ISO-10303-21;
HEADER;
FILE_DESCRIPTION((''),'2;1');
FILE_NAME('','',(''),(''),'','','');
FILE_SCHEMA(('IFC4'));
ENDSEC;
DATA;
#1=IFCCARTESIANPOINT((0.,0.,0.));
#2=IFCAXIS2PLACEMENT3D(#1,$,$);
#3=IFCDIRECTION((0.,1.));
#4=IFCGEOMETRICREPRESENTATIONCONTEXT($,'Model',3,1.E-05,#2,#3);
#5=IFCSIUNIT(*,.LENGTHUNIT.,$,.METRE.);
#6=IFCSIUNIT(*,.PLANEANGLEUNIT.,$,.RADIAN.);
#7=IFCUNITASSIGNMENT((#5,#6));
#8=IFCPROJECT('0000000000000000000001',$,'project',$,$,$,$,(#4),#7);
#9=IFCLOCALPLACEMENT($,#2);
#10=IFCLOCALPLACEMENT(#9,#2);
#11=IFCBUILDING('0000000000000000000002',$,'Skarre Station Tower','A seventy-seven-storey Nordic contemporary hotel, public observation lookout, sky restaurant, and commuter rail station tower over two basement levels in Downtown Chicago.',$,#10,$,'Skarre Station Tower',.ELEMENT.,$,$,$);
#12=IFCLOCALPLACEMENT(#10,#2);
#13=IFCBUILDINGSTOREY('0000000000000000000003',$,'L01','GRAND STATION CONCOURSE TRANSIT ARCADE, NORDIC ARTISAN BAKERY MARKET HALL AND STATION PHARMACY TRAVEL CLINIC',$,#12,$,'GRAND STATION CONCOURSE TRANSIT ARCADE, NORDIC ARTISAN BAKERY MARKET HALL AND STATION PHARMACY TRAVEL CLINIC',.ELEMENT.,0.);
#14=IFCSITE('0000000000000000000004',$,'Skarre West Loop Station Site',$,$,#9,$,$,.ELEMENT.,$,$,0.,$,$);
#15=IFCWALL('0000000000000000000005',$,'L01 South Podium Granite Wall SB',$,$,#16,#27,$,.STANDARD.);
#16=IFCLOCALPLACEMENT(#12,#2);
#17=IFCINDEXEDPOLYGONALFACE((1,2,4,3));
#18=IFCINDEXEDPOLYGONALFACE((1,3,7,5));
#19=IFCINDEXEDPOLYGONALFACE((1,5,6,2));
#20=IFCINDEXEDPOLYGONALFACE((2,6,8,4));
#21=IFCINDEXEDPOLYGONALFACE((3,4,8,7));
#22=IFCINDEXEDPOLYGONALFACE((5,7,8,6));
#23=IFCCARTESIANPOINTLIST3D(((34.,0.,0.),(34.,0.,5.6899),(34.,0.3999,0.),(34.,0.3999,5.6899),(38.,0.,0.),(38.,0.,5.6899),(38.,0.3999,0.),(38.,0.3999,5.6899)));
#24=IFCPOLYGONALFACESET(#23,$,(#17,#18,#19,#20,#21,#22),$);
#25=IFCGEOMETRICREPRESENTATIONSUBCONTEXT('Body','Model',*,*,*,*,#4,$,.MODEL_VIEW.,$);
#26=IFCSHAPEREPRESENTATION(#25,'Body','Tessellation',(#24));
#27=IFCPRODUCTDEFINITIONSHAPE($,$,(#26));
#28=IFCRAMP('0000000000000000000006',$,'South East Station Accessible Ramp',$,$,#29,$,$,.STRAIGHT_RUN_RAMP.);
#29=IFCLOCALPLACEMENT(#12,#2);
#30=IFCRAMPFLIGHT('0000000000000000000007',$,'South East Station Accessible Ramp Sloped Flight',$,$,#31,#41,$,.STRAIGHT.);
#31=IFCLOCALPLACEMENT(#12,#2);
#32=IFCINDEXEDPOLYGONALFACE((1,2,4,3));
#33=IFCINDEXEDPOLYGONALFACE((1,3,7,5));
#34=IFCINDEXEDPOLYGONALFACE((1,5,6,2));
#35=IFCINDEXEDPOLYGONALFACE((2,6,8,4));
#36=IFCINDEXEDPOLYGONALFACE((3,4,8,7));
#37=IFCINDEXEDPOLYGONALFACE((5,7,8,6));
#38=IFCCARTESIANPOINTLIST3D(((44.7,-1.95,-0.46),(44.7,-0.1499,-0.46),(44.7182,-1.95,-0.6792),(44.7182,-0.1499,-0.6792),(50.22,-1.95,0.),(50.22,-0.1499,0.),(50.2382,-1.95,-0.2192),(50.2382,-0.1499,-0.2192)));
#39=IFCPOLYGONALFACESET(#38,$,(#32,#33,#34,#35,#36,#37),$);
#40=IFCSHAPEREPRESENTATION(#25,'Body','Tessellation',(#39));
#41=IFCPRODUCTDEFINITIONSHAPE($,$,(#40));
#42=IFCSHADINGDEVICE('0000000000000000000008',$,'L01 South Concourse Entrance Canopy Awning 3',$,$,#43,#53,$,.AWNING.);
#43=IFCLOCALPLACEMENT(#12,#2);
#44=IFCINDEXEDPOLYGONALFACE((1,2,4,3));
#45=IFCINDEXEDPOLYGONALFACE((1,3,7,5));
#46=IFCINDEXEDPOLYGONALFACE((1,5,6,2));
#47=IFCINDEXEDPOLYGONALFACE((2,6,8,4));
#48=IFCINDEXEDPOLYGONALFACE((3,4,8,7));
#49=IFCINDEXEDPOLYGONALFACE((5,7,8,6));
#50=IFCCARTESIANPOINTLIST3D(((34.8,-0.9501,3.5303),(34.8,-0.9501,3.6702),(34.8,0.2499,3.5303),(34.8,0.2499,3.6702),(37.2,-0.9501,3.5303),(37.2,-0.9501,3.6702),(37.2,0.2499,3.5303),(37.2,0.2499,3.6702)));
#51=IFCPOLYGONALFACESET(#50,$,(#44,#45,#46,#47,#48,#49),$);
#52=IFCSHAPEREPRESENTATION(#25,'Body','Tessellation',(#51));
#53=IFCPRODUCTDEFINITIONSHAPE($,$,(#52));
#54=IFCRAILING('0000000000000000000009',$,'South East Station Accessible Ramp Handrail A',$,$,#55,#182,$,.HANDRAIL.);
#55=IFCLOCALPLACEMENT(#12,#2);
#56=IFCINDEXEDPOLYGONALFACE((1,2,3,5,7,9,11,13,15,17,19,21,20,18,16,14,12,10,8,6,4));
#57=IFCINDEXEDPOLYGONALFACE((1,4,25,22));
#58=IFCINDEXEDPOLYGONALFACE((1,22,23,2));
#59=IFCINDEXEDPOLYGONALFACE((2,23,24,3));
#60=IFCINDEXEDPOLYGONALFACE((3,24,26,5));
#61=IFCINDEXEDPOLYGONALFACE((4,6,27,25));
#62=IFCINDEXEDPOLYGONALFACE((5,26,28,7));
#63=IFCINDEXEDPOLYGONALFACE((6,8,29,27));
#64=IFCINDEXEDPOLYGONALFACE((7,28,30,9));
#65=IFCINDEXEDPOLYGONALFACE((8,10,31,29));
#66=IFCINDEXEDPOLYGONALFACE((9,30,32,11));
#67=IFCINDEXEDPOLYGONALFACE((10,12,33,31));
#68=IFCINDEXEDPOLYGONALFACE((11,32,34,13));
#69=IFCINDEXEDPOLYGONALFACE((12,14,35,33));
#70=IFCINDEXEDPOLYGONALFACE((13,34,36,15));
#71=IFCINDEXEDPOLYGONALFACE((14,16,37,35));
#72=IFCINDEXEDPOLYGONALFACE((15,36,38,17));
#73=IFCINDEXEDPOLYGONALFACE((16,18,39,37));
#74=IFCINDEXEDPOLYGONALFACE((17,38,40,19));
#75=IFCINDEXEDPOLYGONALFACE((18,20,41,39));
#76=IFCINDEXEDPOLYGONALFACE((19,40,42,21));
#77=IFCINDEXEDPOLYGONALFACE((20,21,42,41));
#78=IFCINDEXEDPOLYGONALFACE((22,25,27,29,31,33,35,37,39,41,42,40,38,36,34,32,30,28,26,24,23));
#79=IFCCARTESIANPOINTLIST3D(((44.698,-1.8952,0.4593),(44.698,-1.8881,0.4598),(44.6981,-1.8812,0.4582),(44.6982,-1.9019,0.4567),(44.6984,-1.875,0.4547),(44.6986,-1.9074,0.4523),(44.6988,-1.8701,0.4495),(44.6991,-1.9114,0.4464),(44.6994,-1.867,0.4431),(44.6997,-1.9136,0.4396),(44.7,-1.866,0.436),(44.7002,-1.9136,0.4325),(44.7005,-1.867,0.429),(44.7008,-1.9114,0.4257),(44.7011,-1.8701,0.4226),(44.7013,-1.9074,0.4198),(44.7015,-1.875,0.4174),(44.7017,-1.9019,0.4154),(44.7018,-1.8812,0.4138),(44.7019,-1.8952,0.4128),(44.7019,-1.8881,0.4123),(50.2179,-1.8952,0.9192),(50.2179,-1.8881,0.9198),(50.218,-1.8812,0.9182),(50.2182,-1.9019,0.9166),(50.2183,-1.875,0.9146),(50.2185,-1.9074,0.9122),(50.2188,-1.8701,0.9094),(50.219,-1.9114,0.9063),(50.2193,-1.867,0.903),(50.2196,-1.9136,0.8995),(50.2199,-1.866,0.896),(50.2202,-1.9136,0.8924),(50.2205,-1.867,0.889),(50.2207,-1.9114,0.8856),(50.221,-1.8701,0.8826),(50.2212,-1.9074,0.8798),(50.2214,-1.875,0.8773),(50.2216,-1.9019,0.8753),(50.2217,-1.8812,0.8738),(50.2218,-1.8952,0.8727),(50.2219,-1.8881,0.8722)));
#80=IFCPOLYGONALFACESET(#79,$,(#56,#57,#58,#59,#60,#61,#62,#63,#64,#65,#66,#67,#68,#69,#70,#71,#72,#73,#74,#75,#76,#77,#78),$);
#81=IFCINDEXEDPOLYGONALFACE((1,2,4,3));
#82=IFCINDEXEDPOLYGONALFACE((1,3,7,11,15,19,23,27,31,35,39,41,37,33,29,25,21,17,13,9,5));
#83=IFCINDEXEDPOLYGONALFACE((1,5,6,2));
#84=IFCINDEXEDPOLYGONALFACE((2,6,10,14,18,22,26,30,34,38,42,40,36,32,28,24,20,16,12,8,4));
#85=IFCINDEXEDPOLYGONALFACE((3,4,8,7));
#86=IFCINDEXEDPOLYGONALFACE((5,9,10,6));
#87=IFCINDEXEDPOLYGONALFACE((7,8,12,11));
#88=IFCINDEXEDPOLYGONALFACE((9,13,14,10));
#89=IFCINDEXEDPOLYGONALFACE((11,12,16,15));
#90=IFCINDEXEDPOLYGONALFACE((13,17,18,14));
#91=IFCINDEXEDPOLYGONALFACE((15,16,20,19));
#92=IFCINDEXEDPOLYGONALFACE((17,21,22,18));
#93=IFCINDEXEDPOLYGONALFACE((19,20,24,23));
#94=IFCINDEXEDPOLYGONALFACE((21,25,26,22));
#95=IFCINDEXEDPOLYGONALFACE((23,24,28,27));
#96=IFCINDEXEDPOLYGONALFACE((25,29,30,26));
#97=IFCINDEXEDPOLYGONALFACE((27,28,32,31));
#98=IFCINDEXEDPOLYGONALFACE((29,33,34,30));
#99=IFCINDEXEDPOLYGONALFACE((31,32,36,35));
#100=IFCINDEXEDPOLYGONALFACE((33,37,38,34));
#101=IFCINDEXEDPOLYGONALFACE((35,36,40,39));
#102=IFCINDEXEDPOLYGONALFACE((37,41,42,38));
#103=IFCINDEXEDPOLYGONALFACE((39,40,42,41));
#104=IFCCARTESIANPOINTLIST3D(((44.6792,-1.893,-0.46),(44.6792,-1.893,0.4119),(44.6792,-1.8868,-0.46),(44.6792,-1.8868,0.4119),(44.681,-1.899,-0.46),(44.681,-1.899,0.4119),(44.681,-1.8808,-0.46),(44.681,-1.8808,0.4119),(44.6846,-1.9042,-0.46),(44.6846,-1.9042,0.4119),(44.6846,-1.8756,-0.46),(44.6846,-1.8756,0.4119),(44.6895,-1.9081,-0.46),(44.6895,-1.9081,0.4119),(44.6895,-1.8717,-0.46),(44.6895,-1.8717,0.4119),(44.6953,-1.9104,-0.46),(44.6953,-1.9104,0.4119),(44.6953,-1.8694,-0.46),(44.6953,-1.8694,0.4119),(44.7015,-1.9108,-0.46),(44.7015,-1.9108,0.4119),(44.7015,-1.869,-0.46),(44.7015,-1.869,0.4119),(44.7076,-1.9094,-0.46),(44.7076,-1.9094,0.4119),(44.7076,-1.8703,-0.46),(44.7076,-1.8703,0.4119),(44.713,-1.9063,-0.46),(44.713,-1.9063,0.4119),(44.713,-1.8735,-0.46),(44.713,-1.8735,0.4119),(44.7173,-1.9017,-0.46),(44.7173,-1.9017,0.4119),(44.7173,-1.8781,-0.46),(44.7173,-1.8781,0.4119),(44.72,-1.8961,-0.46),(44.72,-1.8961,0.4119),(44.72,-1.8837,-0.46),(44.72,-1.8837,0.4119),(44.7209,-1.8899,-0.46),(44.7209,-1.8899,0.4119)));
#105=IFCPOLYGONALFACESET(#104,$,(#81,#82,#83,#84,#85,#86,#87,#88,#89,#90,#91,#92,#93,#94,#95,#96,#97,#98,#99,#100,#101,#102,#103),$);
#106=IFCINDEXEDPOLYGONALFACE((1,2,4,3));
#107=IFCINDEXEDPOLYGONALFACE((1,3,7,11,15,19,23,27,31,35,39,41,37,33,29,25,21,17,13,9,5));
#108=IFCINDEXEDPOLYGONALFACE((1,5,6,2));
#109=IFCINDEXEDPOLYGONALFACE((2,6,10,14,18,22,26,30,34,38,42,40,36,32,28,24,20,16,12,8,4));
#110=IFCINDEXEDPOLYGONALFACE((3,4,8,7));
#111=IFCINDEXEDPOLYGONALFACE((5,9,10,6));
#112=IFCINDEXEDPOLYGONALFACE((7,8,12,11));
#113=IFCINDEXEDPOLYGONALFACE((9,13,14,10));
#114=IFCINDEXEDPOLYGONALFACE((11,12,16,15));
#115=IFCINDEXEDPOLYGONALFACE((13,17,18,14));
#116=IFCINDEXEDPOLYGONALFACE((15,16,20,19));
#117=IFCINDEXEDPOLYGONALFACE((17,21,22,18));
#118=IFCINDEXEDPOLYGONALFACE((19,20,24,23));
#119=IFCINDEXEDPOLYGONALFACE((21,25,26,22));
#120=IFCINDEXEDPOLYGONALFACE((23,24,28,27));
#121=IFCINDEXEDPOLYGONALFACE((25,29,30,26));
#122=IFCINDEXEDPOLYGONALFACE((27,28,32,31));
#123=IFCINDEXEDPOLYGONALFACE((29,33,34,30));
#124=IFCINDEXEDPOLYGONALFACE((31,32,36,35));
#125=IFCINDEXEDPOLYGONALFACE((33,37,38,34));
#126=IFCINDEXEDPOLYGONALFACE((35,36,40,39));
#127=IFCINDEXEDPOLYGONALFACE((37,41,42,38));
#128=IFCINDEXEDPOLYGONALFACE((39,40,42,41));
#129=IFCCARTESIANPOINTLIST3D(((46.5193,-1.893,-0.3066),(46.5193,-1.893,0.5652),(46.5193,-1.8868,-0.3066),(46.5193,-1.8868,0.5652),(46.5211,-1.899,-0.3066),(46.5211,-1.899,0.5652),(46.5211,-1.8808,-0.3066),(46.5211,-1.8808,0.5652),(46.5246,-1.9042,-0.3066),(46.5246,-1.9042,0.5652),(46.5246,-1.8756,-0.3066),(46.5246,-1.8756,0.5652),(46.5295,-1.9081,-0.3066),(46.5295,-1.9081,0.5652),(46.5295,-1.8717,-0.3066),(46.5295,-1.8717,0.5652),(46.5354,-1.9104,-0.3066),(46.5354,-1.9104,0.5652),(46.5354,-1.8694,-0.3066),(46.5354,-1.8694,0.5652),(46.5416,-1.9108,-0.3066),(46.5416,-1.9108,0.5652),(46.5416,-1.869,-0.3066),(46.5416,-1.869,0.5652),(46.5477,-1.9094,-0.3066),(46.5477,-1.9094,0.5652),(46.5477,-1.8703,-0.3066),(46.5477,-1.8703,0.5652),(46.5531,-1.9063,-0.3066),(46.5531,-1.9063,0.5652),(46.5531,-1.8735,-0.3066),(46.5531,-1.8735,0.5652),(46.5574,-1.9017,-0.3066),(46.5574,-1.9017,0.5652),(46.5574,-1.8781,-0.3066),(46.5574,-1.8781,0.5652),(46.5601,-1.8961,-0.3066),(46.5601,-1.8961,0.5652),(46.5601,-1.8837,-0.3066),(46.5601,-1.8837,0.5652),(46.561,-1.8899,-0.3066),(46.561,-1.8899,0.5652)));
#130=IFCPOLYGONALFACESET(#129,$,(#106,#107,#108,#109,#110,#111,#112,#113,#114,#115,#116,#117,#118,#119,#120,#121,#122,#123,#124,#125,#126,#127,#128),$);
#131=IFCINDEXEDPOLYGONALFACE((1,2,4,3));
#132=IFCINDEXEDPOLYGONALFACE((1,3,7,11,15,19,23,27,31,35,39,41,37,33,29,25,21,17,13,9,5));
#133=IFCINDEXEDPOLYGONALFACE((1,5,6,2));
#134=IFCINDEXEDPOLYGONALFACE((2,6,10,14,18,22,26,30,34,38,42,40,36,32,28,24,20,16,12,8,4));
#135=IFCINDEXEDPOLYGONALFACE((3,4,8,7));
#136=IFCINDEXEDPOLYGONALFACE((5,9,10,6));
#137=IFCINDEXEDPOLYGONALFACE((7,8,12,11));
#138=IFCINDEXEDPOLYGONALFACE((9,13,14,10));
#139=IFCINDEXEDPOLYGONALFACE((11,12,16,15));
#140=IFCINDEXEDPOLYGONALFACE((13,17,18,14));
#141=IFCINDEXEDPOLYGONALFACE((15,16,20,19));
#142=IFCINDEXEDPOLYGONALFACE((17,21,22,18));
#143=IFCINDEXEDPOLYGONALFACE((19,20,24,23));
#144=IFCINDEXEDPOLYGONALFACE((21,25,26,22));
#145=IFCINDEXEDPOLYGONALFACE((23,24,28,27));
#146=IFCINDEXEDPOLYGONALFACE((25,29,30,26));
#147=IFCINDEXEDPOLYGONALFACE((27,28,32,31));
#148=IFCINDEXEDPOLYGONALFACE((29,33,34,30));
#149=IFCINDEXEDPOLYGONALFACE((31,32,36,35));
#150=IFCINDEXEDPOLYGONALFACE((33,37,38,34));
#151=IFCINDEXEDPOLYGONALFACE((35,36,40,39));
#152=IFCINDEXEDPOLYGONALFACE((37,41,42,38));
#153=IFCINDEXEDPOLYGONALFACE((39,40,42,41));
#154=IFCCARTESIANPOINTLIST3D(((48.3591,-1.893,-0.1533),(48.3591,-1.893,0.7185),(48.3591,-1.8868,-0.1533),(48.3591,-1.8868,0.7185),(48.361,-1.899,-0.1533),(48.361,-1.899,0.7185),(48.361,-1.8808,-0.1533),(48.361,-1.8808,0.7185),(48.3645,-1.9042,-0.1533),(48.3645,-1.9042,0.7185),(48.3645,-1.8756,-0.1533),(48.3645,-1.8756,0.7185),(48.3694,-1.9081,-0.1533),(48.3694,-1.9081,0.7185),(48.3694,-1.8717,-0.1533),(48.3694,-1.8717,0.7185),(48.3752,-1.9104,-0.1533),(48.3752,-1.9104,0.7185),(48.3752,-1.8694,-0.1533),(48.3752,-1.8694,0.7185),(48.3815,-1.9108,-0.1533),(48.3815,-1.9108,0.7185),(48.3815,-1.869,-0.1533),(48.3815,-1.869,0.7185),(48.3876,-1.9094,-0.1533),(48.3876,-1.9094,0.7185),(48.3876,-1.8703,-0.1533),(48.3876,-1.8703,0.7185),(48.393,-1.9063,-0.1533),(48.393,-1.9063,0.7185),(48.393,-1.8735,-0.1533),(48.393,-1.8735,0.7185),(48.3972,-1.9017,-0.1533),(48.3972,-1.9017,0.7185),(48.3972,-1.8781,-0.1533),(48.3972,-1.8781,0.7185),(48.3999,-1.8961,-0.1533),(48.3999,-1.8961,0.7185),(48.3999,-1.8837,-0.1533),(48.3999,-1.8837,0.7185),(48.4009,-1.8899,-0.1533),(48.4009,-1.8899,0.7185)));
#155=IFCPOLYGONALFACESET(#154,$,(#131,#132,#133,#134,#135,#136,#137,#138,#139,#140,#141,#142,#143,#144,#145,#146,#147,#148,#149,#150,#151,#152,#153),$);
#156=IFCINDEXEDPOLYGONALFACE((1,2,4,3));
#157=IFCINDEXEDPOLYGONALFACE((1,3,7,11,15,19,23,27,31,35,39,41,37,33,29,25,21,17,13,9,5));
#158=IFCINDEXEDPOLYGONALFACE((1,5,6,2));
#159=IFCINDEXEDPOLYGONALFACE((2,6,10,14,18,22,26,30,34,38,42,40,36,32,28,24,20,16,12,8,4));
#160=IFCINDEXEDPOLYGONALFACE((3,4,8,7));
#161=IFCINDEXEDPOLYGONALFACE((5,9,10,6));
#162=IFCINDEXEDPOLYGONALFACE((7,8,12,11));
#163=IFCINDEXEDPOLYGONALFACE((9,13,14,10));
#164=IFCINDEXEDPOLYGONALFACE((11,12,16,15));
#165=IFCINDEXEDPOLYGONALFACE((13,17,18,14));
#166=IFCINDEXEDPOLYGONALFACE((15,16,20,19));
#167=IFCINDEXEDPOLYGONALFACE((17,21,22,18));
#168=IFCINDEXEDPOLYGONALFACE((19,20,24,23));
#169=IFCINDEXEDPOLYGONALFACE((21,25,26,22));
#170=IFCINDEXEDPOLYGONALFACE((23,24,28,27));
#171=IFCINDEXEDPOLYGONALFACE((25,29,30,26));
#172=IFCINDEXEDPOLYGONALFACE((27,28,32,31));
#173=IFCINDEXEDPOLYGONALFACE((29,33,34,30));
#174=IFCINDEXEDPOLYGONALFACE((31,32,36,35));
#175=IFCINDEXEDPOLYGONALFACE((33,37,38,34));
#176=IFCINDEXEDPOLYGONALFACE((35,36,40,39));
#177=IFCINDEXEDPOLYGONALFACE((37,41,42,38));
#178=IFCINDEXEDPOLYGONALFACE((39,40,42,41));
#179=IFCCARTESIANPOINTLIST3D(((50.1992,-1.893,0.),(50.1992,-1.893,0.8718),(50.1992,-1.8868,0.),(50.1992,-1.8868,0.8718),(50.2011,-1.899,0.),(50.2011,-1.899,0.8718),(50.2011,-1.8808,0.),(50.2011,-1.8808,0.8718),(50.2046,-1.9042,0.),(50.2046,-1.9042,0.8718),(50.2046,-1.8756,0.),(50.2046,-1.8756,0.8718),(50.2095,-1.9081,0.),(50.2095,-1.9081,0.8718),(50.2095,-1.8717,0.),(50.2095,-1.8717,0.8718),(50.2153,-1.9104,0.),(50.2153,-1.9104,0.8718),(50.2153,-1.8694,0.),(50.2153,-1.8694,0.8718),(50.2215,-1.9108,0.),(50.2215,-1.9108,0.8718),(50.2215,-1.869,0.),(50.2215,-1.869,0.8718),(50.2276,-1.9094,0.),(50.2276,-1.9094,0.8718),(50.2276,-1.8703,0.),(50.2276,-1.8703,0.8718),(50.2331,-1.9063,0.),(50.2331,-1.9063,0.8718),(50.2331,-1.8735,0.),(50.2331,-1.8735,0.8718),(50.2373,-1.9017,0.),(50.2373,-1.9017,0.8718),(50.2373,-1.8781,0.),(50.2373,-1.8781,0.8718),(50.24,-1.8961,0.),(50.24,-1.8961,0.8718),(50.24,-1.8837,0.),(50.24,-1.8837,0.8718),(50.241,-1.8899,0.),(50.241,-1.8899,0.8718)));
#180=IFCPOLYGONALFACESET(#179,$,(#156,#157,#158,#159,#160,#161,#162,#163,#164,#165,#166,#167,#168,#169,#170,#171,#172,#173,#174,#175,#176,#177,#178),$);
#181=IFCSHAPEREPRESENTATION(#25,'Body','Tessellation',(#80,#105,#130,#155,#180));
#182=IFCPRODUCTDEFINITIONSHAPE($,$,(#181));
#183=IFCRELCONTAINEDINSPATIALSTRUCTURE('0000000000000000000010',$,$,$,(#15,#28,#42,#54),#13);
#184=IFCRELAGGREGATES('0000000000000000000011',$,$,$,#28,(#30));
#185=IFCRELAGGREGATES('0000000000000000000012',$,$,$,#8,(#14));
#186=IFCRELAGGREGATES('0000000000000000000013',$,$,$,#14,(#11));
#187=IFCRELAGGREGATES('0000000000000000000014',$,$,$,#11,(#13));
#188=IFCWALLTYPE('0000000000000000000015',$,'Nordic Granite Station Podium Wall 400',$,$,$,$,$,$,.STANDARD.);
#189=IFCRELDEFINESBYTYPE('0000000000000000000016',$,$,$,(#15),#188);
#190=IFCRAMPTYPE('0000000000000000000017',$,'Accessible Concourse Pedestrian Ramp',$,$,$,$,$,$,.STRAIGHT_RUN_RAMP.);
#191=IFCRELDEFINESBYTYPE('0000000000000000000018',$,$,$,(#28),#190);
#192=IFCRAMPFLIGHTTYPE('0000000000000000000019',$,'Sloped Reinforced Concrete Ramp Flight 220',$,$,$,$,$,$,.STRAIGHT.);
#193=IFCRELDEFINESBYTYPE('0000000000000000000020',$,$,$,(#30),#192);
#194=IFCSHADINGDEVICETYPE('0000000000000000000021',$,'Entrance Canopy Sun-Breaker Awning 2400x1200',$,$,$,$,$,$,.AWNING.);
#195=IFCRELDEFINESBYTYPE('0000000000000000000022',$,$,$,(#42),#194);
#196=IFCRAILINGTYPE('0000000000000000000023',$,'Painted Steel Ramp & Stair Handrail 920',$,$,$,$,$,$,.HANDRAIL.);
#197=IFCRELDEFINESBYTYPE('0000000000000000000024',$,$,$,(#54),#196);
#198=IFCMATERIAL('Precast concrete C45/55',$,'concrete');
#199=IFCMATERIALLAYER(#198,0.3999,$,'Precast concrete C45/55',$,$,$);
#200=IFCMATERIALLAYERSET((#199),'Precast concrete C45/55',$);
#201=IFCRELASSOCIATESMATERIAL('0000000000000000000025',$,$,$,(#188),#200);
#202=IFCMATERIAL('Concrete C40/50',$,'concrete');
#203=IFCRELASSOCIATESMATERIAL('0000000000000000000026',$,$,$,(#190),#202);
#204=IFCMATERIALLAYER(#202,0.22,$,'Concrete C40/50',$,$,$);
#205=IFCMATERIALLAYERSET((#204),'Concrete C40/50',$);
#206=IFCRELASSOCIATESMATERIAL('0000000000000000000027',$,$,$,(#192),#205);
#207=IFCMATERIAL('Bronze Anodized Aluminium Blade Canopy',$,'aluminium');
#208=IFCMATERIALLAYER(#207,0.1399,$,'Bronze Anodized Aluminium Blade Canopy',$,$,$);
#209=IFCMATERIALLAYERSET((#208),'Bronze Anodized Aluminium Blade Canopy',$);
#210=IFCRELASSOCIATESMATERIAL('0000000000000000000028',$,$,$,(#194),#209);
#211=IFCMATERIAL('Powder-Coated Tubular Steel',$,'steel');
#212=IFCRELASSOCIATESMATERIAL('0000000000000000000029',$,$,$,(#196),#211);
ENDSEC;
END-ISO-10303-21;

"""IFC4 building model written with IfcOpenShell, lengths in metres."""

from ifc_helpers import new_model, si_unit, direction, frame, frame_2d, origin, origin_2d, place, context, subcontext, project, spatial, polyline, rectangle, circle, outline, extrude, material, layer, layer_set, type_object, element, aggregate, save


model = new_model("IFC4")

# Units and contexts
model_context = context("Model", 3, precision=1e-05, world=origin(), true_north=direction((0.0, 1.0)))
body_context = subcontext(model_context, "Body", "Model", "MODEL_VIEW")
ifc_project = project(units=[si_unit("LENGTHUNIT", "METRE"), si_unit("PLANEANGLEUNIT", "RADIAN")], contexts=[model_context])

# Site, building, storey
site_placement = place(None, origin())
site = spatial("IfcSite", under=ifc_project, at=site_placement, Name="Skarre West Loop Station Site", CompositionType="ELEMENT", RefElevation=0.0)
building_placement = place(site_placement, origin())
building = spatial("IfcBuilding", under=site, at=building_placement, Name="Skarre Station Tower", Description="A seventy-seven-storey Nordic contemporary hotel, public observation lookout, sky restaurant, and commuter rail station tower over two basement levels in Downtown Chicago.", LongName="Skarre Station Tower", CompositionType="ELEMENT")
storey_placement = place(building_placement, origin())
storey = spatial("IfcBuildingStorey", under=building, at=storey_placement, Name="L01", Description="GRAND STATION CONCOURSE TRANSIT ARCADE, NORDIC ARTISAN BAKERY MARKET HALL AND STATION PHARMACY TRAVEL CLINIC", LongName="GRAND STATION CONCOURSE TRANSIT ARCADE, NORDIC ARTISAN BAKERY MARKET HALL AND STATION PHARMACY TRAVEL CLINIC", CompositionType="ELEMENT", Elevation=0.0)

# Wall
ifc_material_1 = material(Name="Precast concrete C45/55", Category="concrete")
ifc_layer_1 = layer(ifc_material_1, 0.3999, Name="Precast concrete C45/55")
ifc_layer_set_1 = layer_set([ifc_layer_1], Name="Precast concrete C45/55")
wall_type = type_object("IfcWallType", Name="Nordic Granite Station Podium Wall 400", PredefinedType="STANDARD", material=ifc_layer_set_1)
wall_placement = place(storey_placement, frame((38.0, 0.2, 0.0), z_axis=(0.0, 0.0, 1.0), x_axis=(-1.0, 0.0, 0.0)))
element("IfcWall", 1, at=wall_placement, inside=storey, type_object=wall_type, Name="L01 South Podium Granite Wall SB", PredefinedType="STANDARD", context=body_context, shape_type="SweptSolid", body=[
    extrude(rectangle(XDim=4.0, YDim=0.3999, at=frame_2d((2.0, 0.0))), origin(), (0.0, 0.0, 1.0), 5.6899),
])

# Ramp, ramp flight
ifc_material_2 = material(Name="Concrete C40/50", Category="concrete")
ramp_type = type_object("IfcRampType", Name="Accessible Concourse Pedestrian Ramp", PredefinedType="STRAIGHT_RUN_RAMP", material=ifc_material_2)
ramp_placement = place(storey_placement, origin())
ramp = element("IfcRamp", 2, at=ramp_placement, inside=storey, type_object=ramp_type, Name="South East Station Accessible Ramp", PredefinedType="STRAIGHT_RUN_RAMP")
ifc_layer_2 = layer(ifc_material_2, 0.22, Name="Concrete C40/50")
ifc_layer_set_2 = layer_set([ifc_layer_2], Name="Concrete C40/50")
ramp_flight_type = type_object("IfcRampFlightType", Name="Sloped Reinforced Concrete Ramp Flight 220", PredefinedType="STRAIGHT", material=ifc_layer_set_2)
ramp_flight_placement = place(storey_placement, frame((44.7, -1.95, -0.46), z_axis=(-0.083038, 0.0, 0.996546), x_axis=(0.996546, 0.0, 0.083038)))
ramp_flight = element("IfcRampFlight", 3, at=ramp_flight_placement, type_object=ramp_flight_type, Name="South East Station Accessible Ramp Sloped Flight", PredefinedType="STRAIGHT", context=body_context, shape_type="SweptSolid", body=[
    extrude(outline(polyline([(0.0, 0.0), (5.5391, 0.0), (5.5391, 1.8), (0.0, 1.8), (0.0, 0.0)])), origin(), (0.0, 0.0, -1.0), 0.22),
])
aggregate(ramp, [ramp_flight])

# Shading device
ifc_material_3 = material(Name="Bronze Anodized Aluminium Blade Canopy", Category="aluminium")
ifc_layer_3 = layer(ifc_material_3, 0.1399, Name="Bronze Anodized Aluminium Blade Canopy")
ifc_layer_set_3 = layer_set([ifc_layer_3], Name="Bronze Anodized Aluminium Blade Canopy")
shading_device_type = type_object("IfcShadingDeviceType", Name="Entrance Canopy Sun-Breaker Awning 2400x1200", PredefinedType="AWNING", material=ifc_layer_set_3)
shading_device_placement = place(storey_placement, frame((36.0, -0.3501, 3.5303), z_axis=(0.0, 0.0, 1.0), x_axis=(1.0, 0.0, 0.0)))
element("IfcShadingDevice", 4, at=shading_device_placement, inside=storey, type_object=shading_device_type, Name="L01 South Concourse Entrance Canopy Awning 3", PredefinedType="AWNING", context=body_context, shape_type="SweptSolid", body=[
    extrude(rectangle(XDim=2.3999, YDim=1.2, at=origin_2d()), origin(), (0.0, 0.0, 1.0), 0.1399),
])

# Railing
ifc_material_4 = material(Name="Powder-Coated Tubular Steel", Category="steel")
railing_type = type_object("IfcRailingType", Name="Painted Steel Ramp & Stair Handrail 920", PredefinedType="HANDRAIL", material=ifc_material_4)
for number, where, name in (
    (5, (44.7, -1.8899, -0.46), "South East Station Accessible Ramp Handrail A"),
):
    element("IfcRailing", number, at=place(storey_placement, frame(where)), inside=storey, type_object=railing_type, Name=name, PredefinedType="HANDRAIL", context=body_context, shape_type="SweptSolid", body=[
        extrude(circle(Radius=0.0239, at=origin_2d()), frame((0.0, 0.0, 0.896), z_axis=(0.996546, 0.0, 0.083038), x_axis=(0.0, 1.0, 0.0)), (0.0, 0.0, 1.0), 5.5391),
        extrude(circle(Radius=0.021, at=origin_2d()), origin(), (0.0, 0.0, 1.0), 0.8718),
        extrude(circle(Radius=0.021, at=origin_2d()), frame((1.8401, 0.0, 0.1533)), (0.0, 0.0, 1.0), 0.8718),
        extrude(circle(Radius=0.021, at=origin_2d()), frame((3.6799, 0.0, 0.3066)), (0.0, 0.0, 1.0), 0.8718),
        extrude(circle(Radius=0.021, at=origin_2d()), frame((5.52, 0.0, 0.46)), (0.0, 0.0, 1.0), 0.8718),
    ])

save(model, "model.ifc")
